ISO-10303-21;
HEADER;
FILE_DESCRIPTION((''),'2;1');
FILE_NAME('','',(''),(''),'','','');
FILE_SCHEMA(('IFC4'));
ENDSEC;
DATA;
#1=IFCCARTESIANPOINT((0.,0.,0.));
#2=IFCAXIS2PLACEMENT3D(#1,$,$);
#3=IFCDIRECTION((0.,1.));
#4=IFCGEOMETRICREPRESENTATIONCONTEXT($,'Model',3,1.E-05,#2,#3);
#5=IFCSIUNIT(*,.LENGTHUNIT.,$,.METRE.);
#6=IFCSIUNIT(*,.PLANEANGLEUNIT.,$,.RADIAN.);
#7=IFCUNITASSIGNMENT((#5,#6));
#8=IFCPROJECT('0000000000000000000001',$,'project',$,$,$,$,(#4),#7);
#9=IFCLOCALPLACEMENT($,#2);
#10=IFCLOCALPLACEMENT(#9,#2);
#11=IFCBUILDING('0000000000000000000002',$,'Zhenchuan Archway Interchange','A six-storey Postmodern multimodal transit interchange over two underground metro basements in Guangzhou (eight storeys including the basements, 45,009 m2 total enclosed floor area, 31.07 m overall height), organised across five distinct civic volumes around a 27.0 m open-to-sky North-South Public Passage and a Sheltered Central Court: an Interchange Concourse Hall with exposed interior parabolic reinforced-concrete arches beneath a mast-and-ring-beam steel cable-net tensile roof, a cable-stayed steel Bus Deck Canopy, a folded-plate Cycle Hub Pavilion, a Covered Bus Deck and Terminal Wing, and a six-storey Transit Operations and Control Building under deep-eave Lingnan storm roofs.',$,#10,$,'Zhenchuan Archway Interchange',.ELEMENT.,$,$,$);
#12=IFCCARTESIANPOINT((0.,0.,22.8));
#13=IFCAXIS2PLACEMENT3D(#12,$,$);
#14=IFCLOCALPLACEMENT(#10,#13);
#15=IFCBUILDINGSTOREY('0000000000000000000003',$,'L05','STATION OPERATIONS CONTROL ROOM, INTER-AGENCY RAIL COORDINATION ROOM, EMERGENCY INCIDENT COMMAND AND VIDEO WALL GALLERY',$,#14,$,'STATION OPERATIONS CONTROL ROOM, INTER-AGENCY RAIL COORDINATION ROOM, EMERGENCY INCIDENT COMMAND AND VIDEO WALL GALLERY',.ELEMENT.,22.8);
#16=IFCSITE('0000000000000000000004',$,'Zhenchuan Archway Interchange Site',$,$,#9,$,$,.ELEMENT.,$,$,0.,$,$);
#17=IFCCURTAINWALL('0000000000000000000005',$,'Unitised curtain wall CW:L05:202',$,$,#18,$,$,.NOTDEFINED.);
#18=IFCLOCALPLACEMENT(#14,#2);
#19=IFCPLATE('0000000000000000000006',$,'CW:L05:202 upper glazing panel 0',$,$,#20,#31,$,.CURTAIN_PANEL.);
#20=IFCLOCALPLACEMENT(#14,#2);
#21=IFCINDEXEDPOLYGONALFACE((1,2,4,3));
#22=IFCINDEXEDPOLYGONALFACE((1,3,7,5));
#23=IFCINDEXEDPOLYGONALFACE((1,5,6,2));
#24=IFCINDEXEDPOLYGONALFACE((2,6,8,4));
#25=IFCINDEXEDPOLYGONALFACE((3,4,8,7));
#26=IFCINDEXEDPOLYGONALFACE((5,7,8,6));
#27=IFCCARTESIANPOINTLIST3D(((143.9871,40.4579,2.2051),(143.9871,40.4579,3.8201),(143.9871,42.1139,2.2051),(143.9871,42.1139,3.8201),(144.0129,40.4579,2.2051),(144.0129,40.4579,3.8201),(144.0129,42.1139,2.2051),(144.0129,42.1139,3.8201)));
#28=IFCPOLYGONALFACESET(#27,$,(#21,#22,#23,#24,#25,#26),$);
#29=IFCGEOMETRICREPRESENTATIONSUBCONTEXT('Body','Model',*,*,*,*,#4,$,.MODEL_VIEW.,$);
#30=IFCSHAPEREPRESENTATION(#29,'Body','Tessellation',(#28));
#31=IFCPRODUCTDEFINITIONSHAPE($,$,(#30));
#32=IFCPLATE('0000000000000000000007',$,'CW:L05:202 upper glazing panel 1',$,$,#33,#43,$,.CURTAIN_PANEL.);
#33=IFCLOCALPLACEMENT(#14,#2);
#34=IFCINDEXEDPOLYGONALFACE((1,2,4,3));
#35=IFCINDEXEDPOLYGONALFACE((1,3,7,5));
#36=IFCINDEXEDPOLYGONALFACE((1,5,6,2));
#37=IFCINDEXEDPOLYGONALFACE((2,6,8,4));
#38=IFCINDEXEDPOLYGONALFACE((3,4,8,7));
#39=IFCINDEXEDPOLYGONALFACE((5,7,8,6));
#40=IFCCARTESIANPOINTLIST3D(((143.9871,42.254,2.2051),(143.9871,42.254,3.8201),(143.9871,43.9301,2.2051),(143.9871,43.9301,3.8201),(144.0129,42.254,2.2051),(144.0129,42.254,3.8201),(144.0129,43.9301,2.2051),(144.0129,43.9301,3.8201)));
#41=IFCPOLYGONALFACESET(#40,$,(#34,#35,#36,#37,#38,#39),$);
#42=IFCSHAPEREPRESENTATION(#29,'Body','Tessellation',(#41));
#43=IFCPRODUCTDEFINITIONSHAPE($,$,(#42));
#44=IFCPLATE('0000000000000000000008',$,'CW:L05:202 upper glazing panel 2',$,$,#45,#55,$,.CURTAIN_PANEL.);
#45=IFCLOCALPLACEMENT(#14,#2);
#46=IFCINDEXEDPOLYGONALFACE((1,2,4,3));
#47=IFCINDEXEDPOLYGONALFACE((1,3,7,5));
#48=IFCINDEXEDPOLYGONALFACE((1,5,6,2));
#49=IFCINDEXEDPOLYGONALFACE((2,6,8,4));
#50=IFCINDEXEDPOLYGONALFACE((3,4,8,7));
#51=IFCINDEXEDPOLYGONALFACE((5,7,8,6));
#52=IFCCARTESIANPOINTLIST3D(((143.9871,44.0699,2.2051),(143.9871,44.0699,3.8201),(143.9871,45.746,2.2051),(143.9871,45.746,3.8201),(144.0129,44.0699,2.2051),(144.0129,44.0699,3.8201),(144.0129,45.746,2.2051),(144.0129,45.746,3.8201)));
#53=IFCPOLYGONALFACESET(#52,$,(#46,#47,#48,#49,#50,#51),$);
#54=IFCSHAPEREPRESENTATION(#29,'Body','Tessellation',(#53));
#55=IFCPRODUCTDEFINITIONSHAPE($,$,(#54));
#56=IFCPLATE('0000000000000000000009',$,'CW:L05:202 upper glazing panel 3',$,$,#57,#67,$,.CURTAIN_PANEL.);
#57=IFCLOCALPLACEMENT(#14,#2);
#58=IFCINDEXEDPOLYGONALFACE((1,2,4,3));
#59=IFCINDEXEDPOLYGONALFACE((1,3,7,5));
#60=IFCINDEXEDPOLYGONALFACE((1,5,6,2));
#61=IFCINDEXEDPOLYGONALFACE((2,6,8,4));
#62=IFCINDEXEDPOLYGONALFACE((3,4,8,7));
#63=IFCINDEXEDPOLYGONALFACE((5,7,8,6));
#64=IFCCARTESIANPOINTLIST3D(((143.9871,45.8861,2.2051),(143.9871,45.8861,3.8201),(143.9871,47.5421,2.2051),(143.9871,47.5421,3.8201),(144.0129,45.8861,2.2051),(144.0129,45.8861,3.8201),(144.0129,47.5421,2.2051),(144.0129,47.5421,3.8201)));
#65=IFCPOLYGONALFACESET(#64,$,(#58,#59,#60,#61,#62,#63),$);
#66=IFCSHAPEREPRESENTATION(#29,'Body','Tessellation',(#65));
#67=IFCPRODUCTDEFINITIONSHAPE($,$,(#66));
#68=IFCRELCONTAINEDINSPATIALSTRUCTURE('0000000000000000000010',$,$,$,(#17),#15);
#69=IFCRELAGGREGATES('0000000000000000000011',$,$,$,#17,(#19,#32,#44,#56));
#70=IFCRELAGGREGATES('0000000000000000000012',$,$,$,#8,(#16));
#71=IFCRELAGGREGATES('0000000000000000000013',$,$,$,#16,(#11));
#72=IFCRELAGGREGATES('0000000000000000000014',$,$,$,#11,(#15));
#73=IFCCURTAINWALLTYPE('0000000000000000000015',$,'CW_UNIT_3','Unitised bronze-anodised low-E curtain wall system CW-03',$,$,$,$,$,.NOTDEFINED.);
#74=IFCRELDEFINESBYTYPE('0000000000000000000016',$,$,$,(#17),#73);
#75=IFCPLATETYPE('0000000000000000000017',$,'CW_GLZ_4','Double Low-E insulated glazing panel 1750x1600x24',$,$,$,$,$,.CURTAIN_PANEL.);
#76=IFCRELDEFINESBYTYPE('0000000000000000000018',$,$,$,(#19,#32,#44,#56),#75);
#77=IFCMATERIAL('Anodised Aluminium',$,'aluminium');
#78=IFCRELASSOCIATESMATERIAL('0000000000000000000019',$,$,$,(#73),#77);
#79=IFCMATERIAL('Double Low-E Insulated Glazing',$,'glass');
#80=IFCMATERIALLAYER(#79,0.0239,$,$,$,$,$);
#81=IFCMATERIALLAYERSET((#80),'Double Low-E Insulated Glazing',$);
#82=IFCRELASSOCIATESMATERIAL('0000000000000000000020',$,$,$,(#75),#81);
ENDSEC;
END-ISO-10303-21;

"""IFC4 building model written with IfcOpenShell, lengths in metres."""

from ifc_helpers import new_model, si_unit, direction, frame, origin, origin_2d, place, context, subcontext, project, spatial, rectangle, extrude, material, layer, layer_set, type_object, element, aggregate, save


model = new_model("IFC4")

# Units and contexts
model_context = context("Model", 3, precision=1e-05, world=origin(), true_north=direction((0.0, 1.0)))
body_context = subcontext(model_context, "Body", "Model", "MODEL_VIEW")
ifc_project = project(units=[si_unit("LENGTHUNIT", "METRE"), si_unit("PLANEANGLEUNIT", "RADIAN")], contexts=[model_context])

# Site, building, storey
site_placement = place(None, origin())
site = spatial("IfcSite", under=ifc_project, at=site_placement, Name="Zhenchuan Archway Interchange Site", CompositionType="ELEMENT", RefElevation=0.0)
building_placement = place(site_placement, origin())
building = spatial("IfcBuilding", under=site, at=building_placement, Name="Zhenchuan Archway Interchange", Description="A six-storey Postmodern multimodal transit interchange over two underground metro basements in Guangzhou (eight storeys including the basements, 45,009 m2 total enclosed floor area, 31.07 m overall height), organised across five distinct civic volumes around a 27.0 m open-to-sky North-South Public Passage and a Sheltered Central Court: an Interchange Concourse Hall with exposed interior parabolic reinforced-concrete arches beneath a mast-and-ring-beam steel cable-net tensile roof, a cable-stayed steel Bus Deck Canopy, a folded-plate Cycle Hub Pavilion, a Covered Bus Deck and Terminal Wing, and a six-storey Transit Operations and Control Building under deep-eave Lingnan storm roofs.", LongName="Zhenchuan Archway Interchange", CompositionType="ELEMENT")
storey_placement = place(building_placement, frame((0.0, 0.0, 22.8)))
storey = spatial("IfcBuildingStorey", under=building, at=storey_placement, Name="L05", Description="STATION OPERATIONS CONTROL ROOM, INTER-AGENCY RAIL COORDINATION ROOM, EMERGENCY INCIDENT COMMAND AND VIDEO WALL GALLERY", LongName="STATION OPERATIONS CONTROL ROOM, INTER-AGENCY RAIL COORDINATION ROOM, EMERGENCY INCIDENT COMMAND AND VIDEO WALL GALLERY", CompositionType="ELEMENT", Elevation=22.8)

# Curtain wall, plates
ifc_material_1 = material(Name="Anodised Aluminium", Category="aluminium")
curtain_wall_type = type_object("IfcCurtainWallType", Name="CW_UNIT_3", Description="Unitised bronze-anodised low-E curtain wall system CW-03", PredefinedType="NOTDEFINED", material=ifc_material_1)
curtain_wall_placement = place(storey_placement, origin())
curtain_wall = element("IfcCurtainWall", 1, at=curtain_wall_placement, inside=storey, type_object=curtain_wall_type, Name="Unitised curtain wall CW:L05:202", PredefinedType="NOTDEFINED")
ifc_material_2 = material(Name="Double Low-E Insulated Glazing", Category="glass")
ifc_layer_1 = layer(ifc_material_2, 0.0239)
ifc_layer_set_1 = layer_set([ifc_layer_1], Name="Double Low-E Insulated Glazing")
plate_type_1 = type_object("IfcPlateType", Name="CW_GLZ_4", Description="Double Low-E insulated glazing panel 1750x1600x24", PredefinedType="CURTAIN_PANEL", material=ifc_layer_set_1)
plate_1_placement = place(storey_placement, frame((144.0, 41.2859, 2.2051), z_axis=(0.0, 0.0, 1.0), x_axis=(0.0, 1.0, 0.0)))
plate_1 = element("IfcPlate", 2, at=plate_1_placement, type_object=plate_type_1, Name="CW:L05:202 upper glazing panel 0", PredefinedType="CURTAIN_PANEL", context=body_context, shape_type="SweptSolid", body=[
    extrude(rectangle(XDim=1.656, YDim=0.0259, at=origin_2d()), origin(), (0.0, 0.0, 1.0), 1.615),
])
plate_2_placement = place(storey_placement, frame((144.0, 43.092, 2.2051), z_axis=(0.0, 0.0, 1.0), x_axis=(0.0, 1.0, 0.0)))
plate_2 = element("IfcPlate", 3, at=plate_2_placement, type_object=plate_type_1, Name="CW:L05:202 upper glazing panel 1", PredefinedType="CURTAIN_PANEL", context=body_context, shape_type="SweptSolid", body=[
    extrude(rectangle(XDim=1.676, YDim=0.0259, at=origin_2d()), origin(), (0.0, 0.0, 1.0), 1.615),
])
plate_3_placement = place(storey_placement, frame((144.0, 44.908, 2.2051), z_axis=(0.0, 0.0, 1.0), x_axis=(0.0, 1.0, 0.0)))
plate_3 = element("IfcPlate", 4, at=plate_3_placement, type_object=plate_type_1, Name="CW:L05:202 upper glazing panel 2", PredefinedType="CURTAIN_PANEL", context=body_context, shape_type="SweptSolid", body=[
    extrude(rectangle(XDim=1.676, YDim=0.0259, at=origin_2d()), origin(), (0.0, 0.0, 1.0), 1.615),
])
plate_4_placement = place(storey_placement, frame((144.0, 46.7141, 2.2051), z_axis=(0.0, 0.0, 1.0), x_axis=(0.0, 1.0, 0.0)))
plate_4 = element("IfcPlate", 5, at=plate_4_placement, type_object=plate_type_1, Name="CW:L05:202 upper glazing panel 3", PredefinedType="CURTAIN_PANEL", context=body_context, shape_type="SweptSolid", body=[
    extrude(rectangle(XDim=1.656, YDim=0.0259, at=origin_2d()), origin(), (0.0, 0.0, 1.0), 1.615),
])
aggregate(curtain_wall, [plate_1, plate_2, plate_3, plate_4])

save(model, "model.ifc")
